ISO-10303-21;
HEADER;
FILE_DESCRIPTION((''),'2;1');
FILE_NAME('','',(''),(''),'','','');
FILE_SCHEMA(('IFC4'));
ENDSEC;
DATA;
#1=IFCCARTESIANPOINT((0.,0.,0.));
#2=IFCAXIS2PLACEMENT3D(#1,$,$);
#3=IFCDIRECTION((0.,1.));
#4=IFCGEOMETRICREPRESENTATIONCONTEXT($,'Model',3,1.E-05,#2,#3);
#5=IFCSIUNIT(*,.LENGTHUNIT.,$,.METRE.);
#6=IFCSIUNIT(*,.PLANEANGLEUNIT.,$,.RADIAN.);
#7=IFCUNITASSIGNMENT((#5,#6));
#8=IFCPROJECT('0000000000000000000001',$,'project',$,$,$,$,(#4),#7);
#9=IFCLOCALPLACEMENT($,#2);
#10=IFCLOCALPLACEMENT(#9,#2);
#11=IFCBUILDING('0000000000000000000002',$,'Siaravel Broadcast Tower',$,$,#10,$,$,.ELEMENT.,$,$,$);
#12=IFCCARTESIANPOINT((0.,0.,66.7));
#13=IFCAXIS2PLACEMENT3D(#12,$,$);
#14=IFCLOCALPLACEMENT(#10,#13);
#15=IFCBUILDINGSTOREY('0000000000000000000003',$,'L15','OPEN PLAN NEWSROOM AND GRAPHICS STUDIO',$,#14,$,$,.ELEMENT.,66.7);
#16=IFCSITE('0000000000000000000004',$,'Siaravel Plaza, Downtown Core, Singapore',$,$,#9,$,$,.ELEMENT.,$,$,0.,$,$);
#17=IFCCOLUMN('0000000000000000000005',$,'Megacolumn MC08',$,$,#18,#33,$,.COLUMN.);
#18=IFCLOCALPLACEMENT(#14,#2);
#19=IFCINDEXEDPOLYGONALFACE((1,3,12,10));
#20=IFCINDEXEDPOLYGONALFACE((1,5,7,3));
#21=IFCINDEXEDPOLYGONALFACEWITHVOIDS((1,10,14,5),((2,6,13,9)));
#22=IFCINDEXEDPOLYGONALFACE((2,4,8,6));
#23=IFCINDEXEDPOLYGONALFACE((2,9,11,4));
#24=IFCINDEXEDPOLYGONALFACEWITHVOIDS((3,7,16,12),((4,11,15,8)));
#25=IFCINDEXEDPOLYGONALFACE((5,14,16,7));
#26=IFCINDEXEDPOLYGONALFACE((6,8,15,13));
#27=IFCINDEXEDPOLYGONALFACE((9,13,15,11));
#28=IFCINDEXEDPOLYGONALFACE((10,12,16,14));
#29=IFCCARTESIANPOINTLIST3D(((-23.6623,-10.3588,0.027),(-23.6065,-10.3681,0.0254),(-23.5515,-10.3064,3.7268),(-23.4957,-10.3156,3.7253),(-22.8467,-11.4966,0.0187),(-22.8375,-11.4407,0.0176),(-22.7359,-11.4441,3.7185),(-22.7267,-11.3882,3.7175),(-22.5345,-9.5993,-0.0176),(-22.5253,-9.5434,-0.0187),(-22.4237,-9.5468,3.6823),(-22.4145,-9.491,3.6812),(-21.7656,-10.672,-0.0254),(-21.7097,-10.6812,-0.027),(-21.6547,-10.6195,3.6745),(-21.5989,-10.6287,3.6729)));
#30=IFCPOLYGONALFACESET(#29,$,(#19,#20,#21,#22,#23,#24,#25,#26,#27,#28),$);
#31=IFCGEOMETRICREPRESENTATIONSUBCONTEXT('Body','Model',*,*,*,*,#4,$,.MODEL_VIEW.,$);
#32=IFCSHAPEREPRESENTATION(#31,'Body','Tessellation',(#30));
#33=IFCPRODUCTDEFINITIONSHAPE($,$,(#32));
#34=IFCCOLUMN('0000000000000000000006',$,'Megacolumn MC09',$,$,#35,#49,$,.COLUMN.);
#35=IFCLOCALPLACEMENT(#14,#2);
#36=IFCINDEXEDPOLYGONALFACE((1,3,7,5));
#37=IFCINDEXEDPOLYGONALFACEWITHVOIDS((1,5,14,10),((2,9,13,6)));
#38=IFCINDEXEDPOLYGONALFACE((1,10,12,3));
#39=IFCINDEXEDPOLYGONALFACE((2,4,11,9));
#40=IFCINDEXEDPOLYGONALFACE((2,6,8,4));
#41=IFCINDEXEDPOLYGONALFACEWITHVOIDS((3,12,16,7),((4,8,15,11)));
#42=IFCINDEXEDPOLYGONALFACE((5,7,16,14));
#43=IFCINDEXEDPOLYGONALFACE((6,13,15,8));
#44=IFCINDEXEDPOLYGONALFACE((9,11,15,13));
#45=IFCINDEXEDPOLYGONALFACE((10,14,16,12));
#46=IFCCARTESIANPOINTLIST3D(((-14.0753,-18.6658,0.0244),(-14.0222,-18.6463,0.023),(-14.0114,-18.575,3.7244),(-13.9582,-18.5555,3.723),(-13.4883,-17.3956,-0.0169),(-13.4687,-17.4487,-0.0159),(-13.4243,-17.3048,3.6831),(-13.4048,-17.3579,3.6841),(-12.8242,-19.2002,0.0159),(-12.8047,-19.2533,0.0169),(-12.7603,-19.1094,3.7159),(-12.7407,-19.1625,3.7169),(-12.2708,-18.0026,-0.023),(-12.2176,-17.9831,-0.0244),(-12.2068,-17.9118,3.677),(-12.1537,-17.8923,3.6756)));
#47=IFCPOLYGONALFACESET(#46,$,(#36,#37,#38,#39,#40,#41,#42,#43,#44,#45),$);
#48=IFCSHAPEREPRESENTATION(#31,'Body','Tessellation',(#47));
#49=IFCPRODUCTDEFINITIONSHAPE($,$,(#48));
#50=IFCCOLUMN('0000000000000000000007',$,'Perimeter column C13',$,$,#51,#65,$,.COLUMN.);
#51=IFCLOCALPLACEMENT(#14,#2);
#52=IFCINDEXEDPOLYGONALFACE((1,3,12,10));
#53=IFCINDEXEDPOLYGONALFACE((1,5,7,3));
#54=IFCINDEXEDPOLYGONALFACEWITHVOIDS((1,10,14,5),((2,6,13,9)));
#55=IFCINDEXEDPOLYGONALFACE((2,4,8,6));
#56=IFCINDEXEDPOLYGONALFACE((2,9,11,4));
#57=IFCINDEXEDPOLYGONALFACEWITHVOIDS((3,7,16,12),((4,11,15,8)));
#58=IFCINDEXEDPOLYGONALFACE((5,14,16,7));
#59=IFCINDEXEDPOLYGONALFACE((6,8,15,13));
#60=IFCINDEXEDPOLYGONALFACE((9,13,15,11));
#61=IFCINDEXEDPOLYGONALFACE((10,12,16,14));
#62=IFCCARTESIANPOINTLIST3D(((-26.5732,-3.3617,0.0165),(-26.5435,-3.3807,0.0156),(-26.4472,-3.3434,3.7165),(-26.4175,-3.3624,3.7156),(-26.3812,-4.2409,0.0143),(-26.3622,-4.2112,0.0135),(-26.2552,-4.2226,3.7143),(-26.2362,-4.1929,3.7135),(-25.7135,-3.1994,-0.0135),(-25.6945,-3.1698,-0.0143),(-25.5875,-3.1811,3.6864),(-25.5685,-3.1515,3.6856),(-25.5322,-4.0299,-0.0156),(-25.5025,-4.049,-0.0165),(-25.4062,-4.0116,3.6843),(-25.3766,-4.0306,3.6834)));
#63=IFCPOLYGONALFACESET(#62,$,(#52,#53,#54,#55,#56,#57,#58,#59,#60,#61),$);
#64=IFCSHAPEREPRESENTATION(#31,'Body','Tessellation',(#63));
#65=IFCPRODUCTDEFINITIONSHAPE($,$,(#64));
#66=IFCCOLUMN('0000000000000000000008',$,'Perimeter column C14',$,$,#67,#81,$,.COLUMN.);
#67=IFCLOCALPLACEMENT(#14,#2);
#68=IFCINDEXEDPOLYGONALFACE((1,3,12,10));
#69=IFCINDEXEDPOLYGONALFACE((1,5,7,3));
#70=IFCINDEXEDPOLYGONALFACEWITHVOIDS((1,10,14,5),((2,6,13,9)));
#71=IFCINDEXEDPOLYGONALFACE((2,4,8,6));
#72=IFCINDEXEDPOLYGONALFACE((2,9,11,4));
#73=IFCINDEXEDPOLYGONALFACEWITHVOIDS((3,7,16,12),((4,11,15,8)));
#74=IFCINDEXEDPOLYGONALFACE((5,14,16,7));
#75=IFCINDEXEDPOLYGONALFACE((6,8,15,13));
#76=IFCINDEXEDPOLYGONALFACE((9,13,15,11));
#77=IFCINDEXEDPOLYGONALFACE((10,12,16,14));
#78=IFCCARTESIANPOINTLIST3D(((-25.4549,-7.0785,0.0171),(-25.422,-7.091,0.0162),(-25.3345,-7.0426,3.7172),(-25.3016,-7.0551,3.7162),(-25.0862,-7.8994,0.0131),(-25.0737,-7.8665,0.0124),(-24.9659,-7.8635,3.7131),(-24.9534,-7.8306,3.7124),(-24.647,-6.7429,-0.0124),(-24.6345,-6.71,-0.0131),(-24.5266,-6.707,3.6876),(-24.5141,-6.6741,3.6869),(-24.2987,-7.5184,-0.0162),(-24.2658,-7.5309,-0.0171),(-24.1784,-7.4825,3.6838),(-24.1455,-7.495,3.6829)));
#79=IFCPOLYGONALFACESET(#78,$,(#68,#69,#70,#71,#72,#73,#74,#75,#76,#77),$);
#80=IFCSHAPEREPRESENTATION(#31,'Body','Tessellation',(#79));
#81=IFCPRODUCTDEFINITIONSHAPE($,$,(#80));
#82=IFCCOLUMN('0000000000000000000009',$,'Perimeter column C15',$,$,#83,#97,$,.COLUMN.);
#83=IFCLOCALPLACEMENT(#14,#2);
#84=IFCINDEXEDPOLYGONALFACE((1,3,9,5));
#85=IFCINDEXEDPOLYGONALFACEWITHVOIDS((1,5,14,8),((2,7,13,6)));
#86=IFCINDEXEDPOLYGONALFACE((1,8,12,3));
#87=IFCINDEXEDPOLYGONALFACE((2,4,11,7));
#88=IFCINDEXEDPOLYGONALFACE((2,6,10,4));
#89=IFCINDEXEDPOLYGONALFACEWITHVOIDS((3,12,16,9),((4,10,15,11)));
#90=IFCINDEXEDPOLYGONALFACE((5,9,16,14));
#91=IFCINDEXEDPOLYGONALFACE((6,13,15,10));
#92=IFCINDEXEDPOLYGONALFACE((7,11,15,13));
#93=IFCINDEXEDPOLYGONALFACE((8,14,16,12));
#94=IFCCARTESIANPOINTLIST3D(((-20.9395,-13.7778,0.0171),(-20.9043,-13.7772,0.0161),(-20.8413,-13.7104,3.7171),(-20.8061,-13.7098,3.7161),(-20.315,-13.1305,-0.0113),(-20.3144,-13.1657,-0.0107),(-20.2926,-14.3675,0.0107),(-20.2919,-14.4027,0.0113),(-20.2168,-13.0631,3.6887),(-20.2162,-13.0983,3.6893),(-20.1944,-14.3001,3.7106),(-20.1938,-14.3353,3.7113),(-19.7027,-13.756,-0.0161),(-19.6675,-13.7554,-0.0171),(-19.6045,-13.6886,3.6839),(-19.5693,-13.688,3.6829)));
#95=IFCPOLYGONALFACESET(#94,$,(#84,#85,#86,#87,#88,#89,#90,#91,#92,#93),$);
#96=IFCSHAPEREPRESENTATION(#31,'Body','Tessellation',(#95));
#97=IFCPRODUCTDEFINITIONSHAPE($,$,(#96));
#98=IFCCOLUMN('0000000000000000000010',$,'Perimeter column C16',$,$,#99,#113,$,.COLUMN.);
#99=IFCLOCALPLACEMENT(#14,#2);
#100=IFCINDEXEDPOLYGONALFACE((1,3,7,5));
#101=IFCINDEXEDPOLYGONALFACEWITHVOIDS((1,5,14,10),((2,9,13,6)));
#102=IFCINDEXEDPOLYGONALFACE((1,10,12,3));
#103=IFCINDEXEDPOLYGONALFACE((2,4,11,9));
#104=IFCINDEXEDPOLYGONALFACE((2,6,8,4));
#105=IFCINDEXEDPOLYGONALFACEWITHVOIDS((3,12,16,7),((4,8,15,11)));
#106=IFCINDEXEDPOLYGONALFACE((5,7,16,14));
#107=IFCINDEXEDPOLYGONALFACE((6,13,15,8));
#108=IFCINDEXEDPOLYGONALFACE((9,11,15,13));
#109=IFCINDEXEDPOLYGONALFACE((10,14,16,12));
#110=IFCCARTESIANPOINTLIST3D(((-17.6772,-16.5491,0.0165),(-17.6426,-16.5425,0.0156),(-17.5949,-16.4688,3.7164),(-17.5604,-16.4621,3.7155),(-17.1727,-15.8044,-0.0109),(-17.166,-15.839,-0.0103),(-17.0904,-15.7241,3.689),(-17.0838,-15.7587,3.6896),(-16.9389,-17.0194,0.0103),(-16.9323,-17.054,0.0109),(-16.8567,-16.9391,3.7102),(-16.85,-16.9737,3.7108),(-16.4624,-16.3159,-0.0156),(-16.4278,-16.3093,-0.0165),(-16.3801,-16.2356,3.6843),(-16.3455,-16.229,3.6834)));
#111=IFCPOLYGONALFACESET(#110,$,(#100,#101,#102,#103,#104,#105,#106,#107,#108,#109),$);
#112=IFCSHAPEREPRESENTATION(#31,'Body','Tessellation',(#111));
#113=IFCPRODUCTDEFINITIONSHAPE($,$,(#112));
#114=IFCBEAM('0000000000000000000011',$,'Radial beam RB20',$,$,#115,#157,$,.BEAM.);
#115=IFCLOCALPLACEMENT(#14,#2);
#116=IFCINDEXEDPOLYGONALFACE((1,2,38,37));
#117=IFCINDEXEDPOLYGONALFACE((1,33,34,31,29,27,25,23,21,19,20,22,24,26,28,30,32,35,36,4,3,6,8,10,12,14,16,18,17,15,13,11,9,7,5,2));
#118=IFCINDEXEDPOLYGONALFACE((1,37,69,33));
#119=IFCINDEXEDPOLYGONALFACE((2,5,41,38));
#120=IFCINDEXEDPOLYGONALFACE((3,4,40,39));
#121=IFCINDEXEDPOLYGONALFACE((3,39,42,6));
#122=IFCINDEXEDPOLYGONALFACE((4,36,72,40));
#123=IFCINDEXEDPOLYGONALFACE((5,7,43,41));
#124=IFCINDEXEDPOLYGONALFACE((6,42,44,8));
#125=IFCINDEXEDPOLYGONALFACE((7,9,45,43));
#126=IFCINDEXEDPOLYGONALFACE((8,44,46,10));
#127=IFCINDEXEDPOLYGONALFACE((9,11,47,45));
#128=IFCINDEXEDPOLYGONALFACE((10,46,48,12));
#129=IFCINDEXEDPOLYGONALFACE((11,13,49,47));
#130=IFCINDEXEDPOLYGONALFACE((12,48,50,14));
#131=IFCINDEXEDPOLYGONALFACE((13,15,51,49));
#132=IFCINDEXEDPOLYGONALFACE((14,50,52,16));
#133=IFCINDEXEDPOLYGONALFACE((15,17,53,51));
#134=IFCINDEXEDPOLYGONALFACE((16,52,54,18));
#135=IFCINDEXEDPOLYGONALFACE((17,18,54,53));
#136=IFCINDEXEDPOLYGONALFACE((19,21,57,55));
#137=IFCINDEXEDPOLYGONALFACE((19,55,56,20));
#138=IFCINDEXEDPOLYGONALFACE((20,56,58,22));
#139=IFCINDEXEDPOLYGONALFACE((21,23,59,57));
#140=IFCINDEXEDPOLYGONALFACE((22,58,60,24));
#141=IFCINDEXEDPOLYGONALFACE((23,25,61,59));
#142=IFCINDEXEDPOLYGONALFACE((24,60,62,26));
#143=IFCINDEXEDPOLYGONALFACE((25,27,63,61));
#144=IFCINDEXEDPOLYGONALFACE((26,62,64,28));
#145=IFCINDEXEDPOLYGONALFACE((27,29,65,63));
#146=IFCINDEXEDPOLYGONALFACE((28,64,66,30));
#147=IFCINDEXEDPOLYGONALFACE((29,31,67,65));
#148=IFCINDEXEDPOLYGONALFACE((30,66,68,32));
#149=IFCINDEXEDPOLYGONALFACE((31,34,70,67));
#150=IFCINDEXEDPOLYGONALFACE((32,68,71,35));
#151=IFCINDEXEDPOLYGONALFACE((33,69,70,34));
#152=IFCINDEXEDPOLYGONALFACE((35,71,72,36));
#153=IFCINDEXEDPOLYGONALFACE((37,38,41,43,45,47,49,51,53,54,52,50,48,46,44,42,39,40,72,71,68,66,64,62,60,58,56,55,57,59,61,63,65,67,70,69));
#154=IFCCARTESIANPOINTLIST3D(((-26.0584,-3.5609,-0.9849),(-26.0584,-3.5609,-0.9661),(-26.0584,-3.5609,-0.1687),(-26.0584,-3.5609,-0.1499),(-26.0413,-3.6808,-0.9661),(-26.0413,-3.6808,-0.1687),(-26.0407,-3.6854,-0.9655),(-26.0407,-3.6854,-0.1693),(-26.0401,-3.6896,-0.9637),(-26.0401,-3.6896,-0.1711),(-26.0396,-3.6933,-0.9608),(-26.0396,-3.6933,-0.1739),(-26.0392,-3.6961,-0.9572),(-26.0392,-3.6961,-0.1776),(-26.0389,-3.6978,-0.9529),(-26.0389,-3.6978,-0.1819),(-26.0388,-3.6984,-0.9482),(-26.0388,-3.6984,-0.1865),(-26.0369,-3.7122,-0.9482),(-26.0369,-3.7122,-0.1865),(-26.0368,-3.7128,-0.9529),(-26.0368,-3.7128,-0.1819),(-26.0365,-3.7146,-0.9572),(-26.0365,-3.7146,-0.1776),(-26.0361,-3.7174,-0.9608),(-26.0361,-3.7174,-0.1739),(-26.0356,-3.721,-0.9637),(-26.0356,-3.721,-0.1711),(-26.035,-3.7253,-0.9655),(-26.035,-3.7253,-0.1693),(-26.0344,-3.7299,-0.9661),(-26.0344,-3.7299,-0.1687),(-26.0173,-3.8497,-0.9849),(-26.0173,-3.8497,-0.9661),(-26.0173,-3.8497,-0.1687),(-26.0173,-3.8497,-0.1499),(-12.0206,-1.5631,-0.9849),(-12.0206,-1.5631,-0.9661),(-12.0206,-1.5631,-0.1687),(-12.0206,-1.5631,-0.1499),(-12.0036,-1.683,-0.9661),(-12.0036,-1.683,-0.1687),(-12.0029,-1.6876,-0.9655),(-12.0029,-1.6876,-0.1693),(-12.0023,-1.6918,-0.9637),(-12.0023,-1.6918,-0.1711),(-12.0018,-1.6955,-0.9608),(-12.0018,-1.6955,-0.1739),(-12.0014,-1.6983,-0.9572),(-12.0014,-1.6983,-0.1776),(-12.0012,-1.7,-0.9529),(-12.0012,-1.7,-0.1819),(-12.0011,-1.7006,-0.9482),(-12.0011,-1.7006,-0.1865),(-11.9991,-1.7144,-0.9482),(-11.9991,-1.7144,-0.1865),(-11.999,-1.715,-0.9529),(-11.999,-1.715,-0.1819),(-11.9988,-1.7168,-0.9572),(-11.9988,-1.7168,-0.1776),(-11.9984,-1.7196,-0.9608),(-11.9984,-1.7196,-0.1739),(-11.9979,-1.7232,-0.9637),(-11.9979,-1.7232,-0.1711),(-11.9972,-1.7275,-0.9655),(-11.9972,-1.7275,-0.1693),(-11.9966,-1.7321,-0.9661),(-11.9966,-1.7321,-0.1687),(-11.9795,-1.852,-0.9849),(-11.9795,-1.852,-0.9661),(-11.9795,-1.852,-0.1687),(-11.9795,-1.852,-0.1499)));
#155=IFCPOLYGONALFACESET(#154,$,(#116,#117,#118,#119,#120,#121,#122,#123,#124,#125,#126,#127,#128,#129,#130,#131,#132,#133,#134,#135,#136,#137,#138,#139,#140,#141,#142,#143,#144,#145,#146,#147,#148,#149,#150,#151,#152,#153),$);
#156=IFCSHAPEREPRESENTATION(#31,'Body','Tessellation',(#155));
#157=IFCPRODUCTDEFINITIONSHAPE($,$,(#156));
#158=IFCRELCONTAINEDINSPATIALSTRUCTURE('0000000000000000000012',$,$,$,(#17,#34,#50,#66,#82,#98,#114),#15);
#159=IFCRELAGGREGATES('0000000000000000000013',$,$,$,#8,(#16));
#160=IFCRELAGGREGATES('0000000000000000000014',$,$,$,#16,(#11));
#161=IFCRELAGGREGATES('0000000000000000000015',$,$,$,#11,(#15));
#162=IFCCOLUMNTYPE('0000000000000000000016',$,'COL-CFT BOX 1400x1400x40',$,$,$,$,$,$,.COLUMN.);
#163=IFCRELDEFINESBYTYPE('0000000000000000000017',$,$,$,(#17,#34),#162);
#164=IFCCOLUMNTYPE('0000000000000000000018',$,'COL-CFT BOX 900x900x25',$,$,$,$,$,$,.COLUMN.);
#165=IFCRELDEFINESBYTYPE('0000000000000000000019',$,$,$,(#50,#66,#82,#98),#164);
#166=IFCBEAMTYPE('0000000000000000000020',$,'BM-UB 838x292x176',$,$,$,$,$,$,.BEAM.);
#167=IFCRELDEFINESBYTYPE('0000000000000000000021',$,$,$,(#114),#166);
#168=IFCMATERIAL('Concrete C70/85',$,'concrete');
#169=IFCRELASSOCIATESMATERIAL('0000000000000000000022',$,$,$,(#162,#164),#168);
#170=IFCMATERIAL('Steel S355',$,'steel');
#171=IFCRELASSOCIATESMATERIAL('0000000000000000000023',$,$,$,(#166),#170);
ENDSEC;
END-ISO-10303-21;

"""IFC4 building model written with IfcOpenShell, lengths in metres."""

from ifc_helpers import new_model, si_unit, direction, frame, origin, origin_2d, place, context, subcontext, project, spatial, hollow_rectangle, i_section, extrude, material, material_profile, profile_set, type_object, element, save


model = new_model("IFC4")

# Units and contexts
model_context = context("Model", 3, precision=1e-05, world=origin(), true_north=direction((0.0, 1.0)))
body_context = subcontext(model_context, "Body", "Model", "MODEL_VIEW")
ifc_project = project(units=[si_unit("LENGTHUNIT", "METRE"), si_unit("PLANEANGLEUNIT", "RADIAN")], contexts=[model_context])

# Site, building, storey
site_placement = place(None, origin())
site = spatial("IfcSite", under=ifc_project, at=site_placement, Name="Siaravel Plaza, Downtown Core, Singapore", CompositionType="ELEMENT", RefElevation=0.0)
building_placement = place(site_placement, origin())
building = spatial("IfcBuilding", under=site, at=building_placement, Name="Siaravel Broadcast Tower", CompositionType="ELEMENT")
storey_placement = place(building_placement, frame((0.0, 0.0, 66.7)))
storey = spatial("IfcBuildingStorey", under=building, at=storey_placement, Name="L15", Description="OPEN PLAN NEWSROOM AND GRAPHICS STUDIO", CompositionType="ELEMENT", Elevation=66.7)

# Columns
ifc_material_1 = material(Name="Concrete C70/85", Category="concrete")
ifc_material_profile_1 = material_profile(ifc_material_1, hollow_rectangle(XDim=1.3999, YDim=1.3999, WallThickness=0.04, at=origin_2d()))
ifc_profile_set_1 = profile_set([ifc_material_profile_1], Name="Concrete C70/85")
column_type_1 = type_object("IfcColumnType", Name="COL-CFT BOX 1400x1400x40", PredefinedType="COLUMN", material=ifc_profile_set_1)
column_1_placement = place(storey_placement, frame((-22.686, -10.52, 0.0), z_axis=(0.029941, 0.014179, 0.999451), x_axis=(-0.582612, 0.812729, 0.005923)))
element("IfcColumn", 1, at=column_1_placement, inside=storey, type_object=column_type_1, Name="Megacolumn MC08", PredefinedType="COLUMN", context=body_context, shape_type="SweptSolid", body=[
    extrude(hollow_rectangle(XDim=1.3999, YDim=1.3999, WallThickness=0.04, at=origin_2d()), origin(), (0.0, 0.0, 1.0), 3.7019),
])
column_2_placement = place(storey_placement, frame((-13.1465, -18.3245, 0.0), z_axis=(0.01728, 0.024535, 0.99955), x_axis=(-0.907657, 0.419678, 0.00539)))
element("IfcColumn", 2, at=column_2_placement, inside=storey, type_object=column_type_1, Name="Megacolumn MC09", PredefinedType="COLUMN", context=body_context, shape_type="SweptSolid", body=[
    extrude(hollow_rectangle(XDim=1.3999, YDim=1.3999, WallThickness=0.04, at=origin_2d()), origin(), (0.0, 0.0, 1.0), 3.7017),
])
ifc_material_profile_2 = material_profile(ifc_material_1, hollow_rectangle(XDim=0.8999, YDim=0.8999, WallThickness=0.0249, at=origin_2d()))
ifc_profile_set_2 = profile_set([ifc_material_profile_2], Name="Concrete C70/85")
column_type_2 = type_object("IfcColumnType", Name="COL-CFT BOX 900x900x25", PredefinedType="COLUMN", material=ifc_profile_set_2)
for number, where, z_axis, x_axis, name in (
    (3, (-26.0378, -3.7053, 0.0), (0.034028, 0.004946, 0.999409), (-0.213312, 0.976981, 0.002428), "Perimeter column C13"),
    (4, (-24.8604, -7.3047, 0.0), (0.032512, 0.009694, 0.999424), (-0.409631, 0.91224, 0.004477), "Perimeter column C14"),
):
    element("IfcColumn", number, at=place(storey_placement, frame(where, z_axis=z_axis, x_axis=x_axis)), inside=storey, type_object=column_type_2, Name=name, PredefinedType="COLUMN", context=body_context, shape_type="SweptSolid", body=[
        extrude(hollow_rectangle(XDim=0.8999, YDim=0.8999, WallThickness=0.0249, at=origin_2d()), origin(), (0.0, 0.0, 1.0), 3.7021),
    ])
column_3_placement = place(storey_placement, frame((-20.3035, -13.7666, 0.0), z_axis=(0.026512, 0.018202, 0.999483), x_axis=(-0.719548, 0.694413, 0.00644)))
element("IfcColumn", 5, at=column_3_placement, inside=storey, type_object=column_type_2, Name="Perimeter column C15", PredefinedType="COLUMN", context=body_context, shape_type="SweptSolid", body=[
    extrude(hollow_rectangle(XDim=0.8999, YDim=0.8999, WallThickness=0.0249, at=origin_2d()), origin(), (0.0, 0.0, 1.0), 3.7019),
])
column_4_placement = place(storey_placement, frame((-17.0525, -16.4292, 0.0), z_axis=(0.022226, 0.021699, 0.999517), x_axis=(-0.827764, 0.561042, 0.006227)))
element("IfcColumn", 6, at=column_4_placement, inside=storey, type_object=column_type_2, Name="Perimeter column C16", PredefinedType="COLUMN", context=body_context, shape_type="SweptSolid", body=[
    extrude(hollow_rectangle(XDim=0.8999, YDim=0.8999, WallThickness=0.0249, at=origin_2d()), origin(), (0.0, 0.0, 1.0), 3.7017),
])

# Beam
ifc_material_2 = material(Name="Steel S355", Category="steel")
ifc_material_profile_3 = material_profile(ifc_material_2, i_section(OverallWidth=0.2917, OverallDepth=0.835, WebThickness=0.0139, FlangeThickness=0.0188, FilletRadius=0.0178, at=origin_2d()))
ifc_profile_set_3 = profile_set([ifc_material_profile_3], Name="Steel S355")
beam_type = type_object("IfcBeamType", Name="BM-UB 838x292x176", PredefinedType="BEAM", material=ifc_profile_set_3)
beam_1_placement = place(storey_placement, frame((-26.0378, -3.7053, -0.5674), z_axis=(0.990024, 0.140896, 0.0), x_axis=(-0.140896, 0.990024, 0.0)))
element("IfcBeam", 7, at=beam_1_placement, inside=storey, type_object=beam_type, Name="Radial beam RB20", PredefinedType="BEAM", context=body_context, shape_type="SweptSolid", body=[
    extrude(i_section(OverallWidth=0.2917, OverallDepth=0.835, WebThickness=0.0139, FlangeThickness=0.0188, FilletRadius=0.0178, at=origin_2d()), origin(), (0.0, 0.0, 1.0), 14.1792),
])

save(model, "model.ifc")
